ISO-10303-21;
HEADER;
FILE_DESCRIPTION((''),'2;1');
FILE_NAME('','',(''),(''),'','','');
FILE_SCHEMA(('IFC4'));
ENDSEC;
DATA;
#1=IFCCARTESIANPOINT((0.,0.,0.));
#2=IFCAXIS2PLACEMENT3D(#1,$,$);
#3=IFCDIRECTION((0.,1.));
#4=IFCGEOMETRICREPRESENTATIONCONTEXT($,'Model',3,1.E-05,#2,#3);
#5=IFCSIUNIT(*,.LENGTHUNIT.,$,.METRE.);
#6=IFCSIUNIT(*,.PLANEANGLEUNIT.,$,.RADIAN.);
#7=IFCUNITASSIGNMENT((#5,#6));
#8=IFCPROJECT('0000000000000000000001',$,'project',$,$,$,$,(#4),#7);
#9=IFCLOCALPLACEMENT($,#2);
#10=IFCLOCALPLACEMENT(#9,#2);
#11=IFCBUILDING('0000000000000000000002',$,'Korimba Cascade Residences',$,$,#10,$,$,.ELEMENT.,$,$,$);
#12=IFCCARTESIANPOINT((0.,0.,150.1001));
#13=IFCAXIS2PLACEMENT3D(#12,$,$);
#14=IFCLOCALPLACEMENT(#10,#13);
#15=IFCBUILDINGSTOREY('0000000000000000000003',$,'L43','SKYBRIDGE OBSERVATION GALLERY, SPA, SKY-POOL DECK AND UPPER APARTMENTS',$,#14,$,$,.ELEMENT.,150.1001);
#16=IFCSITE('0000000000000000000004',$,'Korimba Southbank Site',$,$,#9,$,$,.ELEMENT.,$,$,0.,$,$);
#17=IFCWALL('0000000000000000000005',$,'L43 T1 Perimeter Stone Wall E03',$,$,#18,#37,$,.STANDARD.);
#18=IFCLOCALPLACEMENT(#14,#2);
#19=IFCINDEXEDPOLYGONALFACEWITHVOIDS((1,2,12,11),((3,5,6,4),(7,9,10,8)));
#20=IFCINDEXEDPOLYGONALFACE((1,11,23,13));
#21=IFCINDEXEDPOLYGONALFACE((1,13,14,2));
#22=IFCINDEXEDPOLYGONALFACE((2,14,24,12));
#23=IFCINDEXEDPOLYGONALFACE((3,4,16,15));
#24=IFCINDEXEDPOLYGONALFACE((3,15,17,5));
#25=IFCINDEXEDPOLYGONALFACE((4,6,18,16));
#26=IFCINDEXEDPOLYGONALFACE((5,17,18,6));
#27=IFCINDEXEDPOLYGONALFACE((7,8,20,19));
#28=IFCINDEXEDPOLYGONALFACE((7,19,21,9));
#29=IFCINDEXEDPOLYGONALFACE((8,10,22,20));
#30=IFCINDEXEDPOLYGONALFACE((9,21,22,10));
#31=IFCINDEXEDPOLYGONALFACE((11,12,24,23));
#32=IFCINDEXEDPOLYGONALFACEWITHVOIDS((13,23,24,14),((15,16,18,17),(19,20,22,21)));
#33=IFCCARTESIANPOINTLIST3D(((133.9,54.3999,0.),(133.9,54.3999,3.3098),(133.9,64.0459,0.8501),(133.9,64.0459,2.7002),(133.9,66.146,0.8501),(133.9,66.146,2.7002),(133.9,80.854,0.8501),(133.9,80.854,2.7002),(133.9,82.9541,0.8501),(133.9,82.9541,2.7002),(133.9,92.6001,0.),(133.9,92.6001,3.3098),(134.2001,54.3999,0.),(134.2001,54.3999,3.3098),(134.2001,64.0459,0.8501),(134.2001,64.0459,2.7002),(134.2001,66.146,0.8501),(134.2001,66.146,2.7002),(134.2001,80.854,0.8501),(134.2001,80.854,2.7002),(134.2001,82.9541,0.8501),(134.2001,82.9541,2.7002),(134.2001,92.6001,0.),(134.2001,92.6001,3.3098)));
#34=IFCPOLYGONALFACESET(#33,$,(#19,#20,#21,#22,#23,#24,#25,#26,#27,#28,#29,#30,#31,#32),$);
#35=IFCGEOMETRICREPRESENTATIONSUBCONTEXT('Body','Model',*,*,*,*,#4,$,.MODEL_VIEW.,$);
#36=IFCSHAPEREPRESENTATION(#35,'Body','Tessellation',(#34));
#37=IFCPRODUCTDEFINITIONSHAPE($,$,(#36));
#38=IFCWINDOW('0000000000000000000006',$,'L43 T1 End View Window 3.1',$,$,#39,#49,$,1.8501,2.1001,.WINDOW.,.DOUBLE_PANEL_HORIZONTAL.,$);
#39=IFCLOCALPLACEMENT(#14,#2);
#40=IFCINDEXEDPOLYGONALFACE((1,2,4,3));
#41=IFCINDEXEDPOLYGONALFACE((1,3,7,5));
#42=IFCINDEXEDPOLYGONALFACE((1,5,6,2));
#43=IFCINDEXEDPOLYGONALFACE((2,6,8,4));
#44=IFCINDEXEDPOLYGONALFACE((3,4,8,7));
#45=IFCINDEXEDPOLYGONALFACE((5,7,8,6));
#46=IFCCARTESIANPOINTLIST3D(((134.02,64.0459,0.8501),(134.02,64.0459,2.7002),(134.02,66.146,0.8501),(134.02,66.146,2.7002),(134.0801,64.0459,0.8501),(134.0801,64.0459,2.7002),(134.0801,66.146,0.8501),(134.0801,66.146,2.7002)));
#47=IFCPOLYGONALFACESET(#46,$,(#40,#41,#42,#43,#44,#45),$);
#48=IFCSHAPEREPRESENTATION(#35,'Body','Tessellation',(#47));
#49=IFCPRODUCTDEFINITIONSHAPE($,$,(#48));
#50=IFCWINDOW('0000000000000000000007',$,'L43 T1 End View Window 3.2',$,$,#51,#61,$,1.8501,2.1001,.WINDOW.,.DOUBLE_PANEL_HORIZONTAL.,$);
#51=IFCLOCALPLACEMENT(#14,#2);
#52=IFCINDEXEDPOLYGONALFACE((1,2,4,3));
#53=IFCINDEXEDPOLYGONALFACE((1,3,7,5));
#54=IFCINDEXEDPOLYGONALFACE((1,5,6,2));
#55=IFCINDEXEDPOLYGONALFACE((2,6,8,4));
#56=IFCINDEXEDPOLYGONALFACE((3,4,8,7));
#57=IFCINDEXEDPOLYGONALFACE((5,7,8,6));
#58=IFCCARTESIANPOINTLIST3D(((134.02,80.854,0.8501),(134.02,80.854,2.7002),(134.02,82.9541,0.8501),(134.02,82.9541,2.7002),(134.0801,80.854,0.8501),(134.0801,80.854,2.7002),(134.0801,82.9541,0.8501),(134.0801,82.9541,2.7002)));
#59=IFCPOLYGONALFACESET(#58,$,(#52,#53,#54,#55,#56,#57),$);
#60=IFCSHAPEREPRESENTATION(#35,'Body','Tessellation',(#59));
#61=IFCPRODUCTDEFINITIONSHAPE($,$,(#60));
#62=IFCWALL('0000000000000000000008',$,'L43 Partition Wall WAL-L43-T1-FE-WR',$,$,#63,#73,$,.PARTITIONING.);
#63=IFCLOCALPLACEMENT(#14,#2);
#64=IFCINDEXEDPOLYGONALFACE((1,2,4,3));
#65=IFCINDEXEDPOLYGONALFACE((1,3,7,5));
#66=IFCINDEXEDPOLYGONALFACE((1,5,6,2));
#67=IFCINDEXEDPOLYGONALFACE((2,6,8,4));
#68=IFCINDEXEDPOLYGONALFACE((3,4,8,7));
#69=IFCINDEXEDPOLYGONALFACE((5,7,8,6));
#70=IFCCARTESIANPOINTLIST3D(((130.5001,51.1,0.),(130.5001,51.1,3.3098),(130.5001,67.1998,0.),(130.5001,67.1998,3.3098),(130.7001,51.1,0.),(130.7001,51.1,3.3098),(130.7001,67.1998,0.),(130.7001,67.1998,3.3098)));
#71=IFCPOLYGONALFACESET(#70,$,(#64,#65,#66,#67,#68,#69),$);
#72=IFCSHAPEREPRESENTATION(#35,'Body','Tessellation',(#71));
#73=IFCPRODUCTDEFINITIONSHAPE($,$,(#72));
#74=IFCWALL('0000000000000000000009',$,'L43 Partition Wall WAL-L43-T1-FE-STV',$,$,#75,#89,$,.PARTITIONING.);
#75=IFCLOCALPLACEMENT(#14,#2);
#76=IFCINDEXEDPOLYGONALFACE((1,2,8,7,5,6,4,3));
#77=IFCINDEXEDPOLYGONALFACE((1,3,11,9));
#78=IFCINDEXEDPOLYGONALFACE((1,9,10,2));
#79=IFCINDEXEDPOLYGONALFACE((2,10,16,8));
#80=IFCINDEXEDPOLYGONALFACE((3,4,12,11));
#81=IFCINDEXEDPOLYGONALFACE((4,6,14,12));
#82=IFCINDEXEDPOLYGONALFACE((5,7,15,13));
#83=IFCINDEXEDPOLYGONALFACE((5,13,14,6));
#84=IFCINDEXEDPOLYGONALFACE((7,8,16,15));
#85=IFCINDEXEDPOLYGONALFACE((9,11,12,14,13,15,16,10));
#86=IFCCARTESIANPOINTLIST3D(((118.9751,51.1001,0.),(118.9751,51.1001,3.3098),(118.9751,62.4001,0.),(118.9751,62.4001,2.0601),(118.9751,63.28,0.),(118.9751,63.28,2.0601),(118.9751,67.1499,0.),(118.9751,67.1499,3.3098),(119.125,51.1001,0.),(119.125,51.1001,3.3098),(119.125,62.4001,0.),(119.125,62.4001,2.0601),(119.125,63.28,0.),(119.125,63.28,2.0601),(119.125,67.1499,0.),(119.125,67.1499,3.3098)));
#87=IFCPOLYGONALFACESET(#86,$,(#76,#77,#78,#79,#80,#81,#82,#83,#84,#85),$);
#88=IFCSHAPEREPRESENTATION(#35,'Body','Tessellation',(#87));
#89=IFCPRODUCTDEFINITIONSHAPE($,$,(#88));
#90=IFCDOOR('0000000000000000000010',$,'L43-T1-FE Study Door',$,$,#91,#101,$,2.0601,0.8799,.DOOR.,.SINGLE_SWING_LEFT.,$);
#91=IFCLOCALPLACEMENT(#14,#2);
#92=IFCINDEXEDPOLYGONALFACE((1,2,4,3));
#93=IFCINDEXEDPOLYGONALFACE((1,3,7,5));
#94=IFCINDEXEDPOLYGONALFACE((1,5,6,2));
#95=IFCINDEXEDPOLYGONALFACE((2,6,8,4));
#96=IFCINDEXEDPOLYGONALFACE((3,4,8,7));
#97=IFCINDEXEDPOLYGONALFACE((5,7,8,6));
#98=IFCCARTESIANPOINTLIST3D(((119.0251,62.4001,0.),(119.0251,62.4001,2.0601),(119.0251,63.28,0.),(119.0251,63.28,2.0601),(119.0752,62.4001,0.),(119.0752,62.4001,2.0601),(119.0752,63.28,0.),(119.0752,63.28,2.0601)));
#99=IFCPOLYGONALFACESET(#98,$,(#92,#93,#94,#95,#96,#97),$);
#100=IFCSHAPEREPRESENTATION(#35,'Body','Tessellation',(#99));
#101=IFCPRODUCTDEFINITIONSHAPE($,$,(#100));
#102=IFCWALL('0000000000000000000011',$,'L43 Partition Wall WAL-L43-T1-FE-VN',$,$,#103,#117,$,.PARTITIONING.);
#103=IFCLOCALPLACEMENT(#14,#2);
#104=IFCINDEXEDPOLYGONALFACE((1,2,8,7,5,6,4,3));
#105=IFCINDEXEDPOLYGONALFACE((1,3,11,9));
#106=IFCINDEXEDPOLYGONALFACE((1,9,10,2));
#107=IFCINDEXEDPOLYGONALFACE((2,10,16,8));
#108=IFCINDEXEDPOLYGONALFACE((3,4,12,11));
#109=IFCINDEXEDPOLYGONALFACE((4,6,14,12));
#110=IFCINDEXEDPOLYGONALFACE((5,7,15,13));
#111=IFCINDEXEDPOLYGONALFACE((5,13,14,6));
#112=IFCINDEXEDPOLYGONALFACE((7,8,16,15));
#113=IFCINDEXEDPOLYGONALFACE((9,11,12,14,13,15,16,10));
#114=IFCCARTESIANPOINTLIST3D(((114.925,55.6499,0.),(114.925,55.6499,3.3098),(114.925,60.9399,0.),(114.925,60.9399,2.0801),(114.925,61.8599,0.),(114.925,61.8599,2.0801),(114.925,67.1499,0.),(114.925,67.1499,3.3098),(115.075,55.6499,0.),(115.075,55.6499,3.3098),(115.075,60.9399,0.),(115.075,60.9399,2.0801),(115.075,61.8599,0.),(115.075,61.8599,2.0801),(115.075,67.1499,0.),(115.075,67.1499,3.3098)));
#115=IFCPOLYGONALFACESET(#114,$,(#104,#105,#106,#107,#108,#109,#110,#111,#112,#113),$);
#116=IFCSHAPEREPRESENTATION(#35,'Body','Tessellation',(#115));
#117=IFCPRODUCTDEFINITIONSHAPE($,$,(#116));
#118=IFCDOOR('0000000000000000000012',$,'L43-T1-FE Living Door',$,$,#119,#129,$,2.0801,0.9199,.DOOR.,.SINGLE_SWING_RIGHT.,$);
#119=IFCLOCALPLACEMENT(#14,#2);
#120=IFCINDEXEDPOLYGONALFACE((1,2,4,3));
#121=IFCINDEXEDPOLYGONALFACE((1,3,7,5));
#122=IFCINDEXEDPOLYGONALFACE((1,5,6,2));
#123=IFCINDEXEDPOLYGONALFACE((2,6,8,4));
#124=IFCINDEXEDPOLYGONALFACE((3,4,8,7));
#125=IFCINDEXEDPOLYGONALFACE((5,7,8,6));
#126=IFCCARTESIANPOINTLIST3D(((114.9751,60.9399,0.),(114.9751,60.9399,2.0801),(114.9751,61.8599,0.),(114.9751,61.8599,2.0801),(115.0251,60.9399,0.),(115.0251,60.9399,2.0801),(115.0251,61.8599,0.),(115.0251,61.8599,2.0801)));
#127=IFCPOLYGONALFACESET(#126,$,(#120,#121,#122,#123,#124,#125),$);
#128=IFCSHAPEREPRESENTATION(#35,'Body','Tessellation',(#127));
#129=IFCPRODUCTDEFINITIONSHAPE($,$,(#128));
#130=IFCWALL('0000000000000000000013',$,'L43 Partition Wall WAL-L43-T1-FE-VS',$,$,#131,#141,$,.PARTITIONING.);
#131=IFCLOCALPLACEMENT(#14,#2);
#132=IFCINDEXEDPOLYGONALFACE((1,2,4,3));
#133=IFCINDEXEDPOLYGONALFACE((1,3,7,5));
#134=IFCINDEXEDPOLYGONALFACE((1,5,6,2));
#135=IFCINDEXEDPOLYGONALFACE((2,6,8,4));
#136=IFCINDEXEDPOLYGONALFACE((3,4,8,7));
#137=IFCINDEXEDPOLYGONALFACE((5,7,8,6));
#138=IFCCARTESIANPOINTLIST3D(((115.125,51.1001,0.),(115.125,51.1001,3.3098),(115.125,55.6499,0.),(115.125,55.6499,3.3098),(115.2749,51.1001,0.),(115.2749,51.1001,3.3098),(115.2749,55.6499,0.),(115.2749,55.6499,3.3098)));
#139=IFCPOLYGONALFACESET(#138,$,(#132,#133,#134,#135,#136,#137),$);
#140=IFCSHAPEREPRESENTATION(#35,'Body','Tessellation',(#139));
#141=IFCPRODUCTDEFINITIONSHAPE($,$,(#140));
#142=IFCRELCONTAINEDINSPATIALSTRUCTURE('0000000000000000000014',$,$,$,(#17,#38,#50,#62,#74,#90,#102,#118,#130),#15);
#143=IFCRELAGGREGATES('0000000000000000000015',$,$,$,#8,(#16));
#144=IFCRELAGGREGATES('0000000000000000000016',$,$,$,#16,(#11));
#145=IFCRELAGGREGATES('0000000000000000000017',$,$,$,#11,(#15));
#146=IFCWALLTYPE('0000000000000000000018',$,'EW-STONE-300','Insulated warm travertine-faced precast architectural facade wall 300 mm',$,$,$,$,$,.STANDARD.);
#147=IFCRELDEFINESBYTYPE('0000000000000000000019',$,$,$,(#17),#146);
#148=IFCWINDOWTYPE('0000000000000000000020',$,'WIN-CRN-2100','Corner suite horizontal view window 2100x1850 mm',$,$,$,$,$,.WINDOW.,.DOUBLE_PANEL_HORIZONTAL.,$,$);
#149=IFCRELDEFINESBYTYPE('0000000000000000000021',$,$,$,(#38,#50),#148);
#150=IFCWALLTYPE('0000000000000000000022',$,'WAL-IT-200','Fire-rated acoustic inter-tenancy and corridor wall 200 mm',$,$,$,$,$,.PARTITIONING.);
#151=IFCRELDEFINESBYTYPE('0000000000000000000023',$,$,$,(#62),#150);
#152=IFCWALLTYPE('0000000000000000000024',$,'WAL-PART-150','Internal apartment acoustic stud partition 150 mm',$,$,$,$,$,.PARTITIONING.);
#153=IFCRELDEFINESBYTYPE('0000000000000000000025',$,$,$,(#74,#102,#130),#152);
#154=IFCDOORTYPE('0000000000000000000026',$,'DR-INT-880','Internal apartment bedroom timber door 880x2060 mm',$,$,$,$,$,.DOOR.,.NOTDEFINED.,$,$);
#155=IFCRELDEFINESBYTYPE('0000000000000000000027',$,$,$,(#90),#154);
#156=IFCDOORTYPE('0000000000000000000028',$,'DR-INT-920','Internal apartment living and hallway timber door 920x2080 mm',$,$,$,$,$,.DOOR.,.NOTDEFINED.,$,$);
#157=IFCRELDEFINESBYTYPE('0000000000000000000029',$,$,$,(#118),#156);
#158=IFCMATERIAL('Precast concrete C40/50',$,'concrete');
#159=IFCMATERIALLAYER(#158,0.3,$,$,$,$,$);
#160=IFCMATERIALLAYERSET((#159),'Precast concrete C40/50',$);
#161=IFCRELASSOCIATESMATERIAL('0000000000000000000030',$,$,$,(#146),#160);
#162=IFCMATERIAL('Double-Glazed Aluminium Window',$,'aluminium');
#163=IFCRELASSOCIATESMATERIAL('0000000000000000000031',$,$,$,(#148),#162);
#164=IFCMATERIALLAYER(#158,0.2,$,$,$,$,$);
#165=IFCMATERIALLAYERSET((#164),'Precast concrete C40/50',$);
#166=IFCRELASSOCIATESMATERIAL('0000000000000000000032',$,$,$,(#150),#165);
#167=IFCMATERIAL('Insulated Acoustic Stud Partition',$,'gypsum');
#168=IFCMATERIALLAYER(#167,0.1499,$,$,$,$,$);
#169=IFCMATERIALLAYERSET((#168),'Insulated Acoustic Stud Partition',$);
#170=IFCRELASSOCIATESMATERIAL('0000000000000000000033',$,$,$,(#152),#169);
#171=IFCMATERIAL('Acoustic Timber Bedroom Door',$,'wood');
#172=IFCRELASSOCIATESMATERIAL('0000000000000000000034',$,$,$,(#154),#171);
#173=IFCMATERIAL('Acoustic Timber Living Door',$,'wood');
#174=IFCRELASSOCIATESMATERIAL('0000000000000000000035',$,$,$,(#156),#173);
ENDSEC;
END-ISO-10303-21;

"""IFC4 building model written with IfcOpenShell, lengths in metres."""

from ifc_helpers import new_model, si_unit, direction, frame, frame_2d, origin, place, context, subcontext, project, spatial, rectangle, extrude, material, layer, layer_set, type_object, element, fill, save


model = new_model("IFC4")

# Units and contexts
model_context = context("Model", 3, precision=1e-05, world=origin(), true_north=direction((0.0, 1.0)))
body_context = subcontext(model_context, "Body", "Model", "MODEL_VIEW")
ifc_project = project(units=[si_unit("LENGTHUNIT", "METRE"), si_unit("PLANEANGLEUNIT", "RADIAN")], contexts=[model_context])

# Site, building, storey
site_placement = place(None, origin())
site = spatial("IfcSite", under=ifc_project, at=site_placement, Name="Korimba Southbank Site", CompositionType="ELEMENT", RefElevation=0.0)
building_placement = place(site_placement, origin())
building = spatial("IfcBuilding", under=site, at=building_placement, Name="Korimba Cascade Residences", CompositionType="ELEMENT")
storey_placement = place(building_placement, frame((0.0, 0.0, 150.1001)))
storey = spatial("IfcBuildingStorey", under=building, at=storey_placement, Name="L43", Description="SKYBRIDGE OBSERVATION GALLERY, SPA, SKY-POOL DECK AND UPPER APARTMENTS", CompositionType="ELEMENT", Elevation=150.1001)

# Shared definitions
ifc_material_1 = material(Name="Precast concrete C40/50", Category="concrete")
ifc_layer_1 = layer(ifc_material_1, 0.3)
ifc_layer_set_1 = layer_set([ifc_layer_1], Name="Precast concrete C40/50")
wall_type_1 = type_object("IfcWallType", Name="EW-STONE-300", Description="Insulated warm travertine-faced precast architectural facade wall 300 mm", PredefinedType="STANDARD", material=ifc_layer_set_1)

# Wall, openings, windows
wall_1_placement = place(storey_placement, frame((134.05, 54.3999, 0.0), z_axis=(0.0, 0.0, 1.0), x_axis=(0.0, 1.0, 0.0)))
wall_1 = element("IfcWall", 1, at=wall_1_placement, inside=storey, type_object=wall_type_1, Name="L43 T1 Perimeter Stone Wall E03", PredefinedType="STANDARD", context=body_context, shape_type="SweptSolid", body=[
    extrude(rectangle(XDim=38.2002, YDim=0.3, at=frame_2d((19.1001, 0.0))), origin(), (0.0, 0.0, 1.0), 3.3098),
])
opening_1_placement = place(wall_1_placement, frame((9.646, 0.0, 0.8501)))
opening_1 = element("IfcOpeningElement", 2, at=opening_1_placement, cuts=wall_1, PredefinedType="OPENING", context=body_context, shape_type="SweptSolid", body=[
    extrude(rectangle(XDim=2.1001, YDim=1.8501, at=frame_2d((1.05, 0.925))), frame((0.0, 0.1602, 0.0), z_axis=(0.0, -1.0, 0.0), x_axis=(1.0, 0.0, 0.0)), (0.0, 0.0, 1.0), 0.3201),
])
opening_2_placement = place(wall_1_placement, frame((26.4541, 0.0, 0.8501)))
opening_2 = element("IfcOpeningElement", 3, at=opening_2_placement, cuts=wall_1, PredefinedType="OPENING", context=body_context, shape_type="SweptSolid", body=[
    extrude(rectangle(XDim=2.1001, YDim=1.8501, at=frame_2d((1.05, 0.925))), frame((0.0, 0.1602, 0.0), z_axis=(0.0, -1.0, 0.0), x_axis=(1.0, 0.0, 0.0)), (0.0, 0.0, 1.0), 0.3201),
])
ifc_material_2 = material(Name="Double-Glazed Aluminium Window", Category="aluminium")
window_type = type_object("IfcWindowType", Name="WIN-CRN-2100", Description="Corner suite horizontal view window 2100x1850 mm", PartitioningType="DOUBLE_PANEL_HORIZONTAL", PredefinedType="WINDOW", material=ifc_material_2)
window_1_placement = place(opening_1_placement, origin())
window_1 = element("IfcWindow", 4, at=window_1_placement, inside=storey, type_object=window_type, Name="L43 T1 End View Window 3.1", OverallHeight=1.8501, OverallWidth=2.1001, PartitioningType="DOUBLE_PANEL_HORIZONTAL", PredefinedType="WINDOW", context=body_context, shape_type="SweptSolid", body=[
    extrude(rectangle(XDim=2.1001, YDim=1.8501, at=frame_2d((1.05, 0.925))), frame((0.0, 0.03, 0.0), z_axis=(0.0, -1.0, 0.0), x_axis=(1.0, 0.0, 0.0)), (0.0, 0.0, 1.0), 0.0601),
])
fill(opening_1, window_1)
window_2_placement = place(opening_2_placement, origin())
window_2 = element("IfcWindow", 5, at=window_2_placement, inside=storey, type_object=window_type, Name="L43 T1 End View Window 3.2", OverallHeight=1.8501, OverallWidth=2.1001, PartitioningType="DOUBLE_PANEL_HORIZONTAL", PredefinedType="WINDOW", context=body_context, shape_type="SweptSolid", body=[
    extrude(rectangle(XDim=2.1001, YDim=1.8501, at=frame_2d((1.05, 0.925))), frame((0.0, 0.03, 0.0), z_axis=(0.0, -1.0, 0.0), x_axis=(1.0, 0.0, 0.0)), (0.0, 0.0, 1.0), 0.0601),
])
fill(opening_2, window_2)

# Wall
ifc_layer_2 = layer(ifc_material_1, 0.2)
ifc_layer_set_2 = layer_set([ifc_layer_2], Name="Precast concrete C40/50")
wall_type_2 = type_object("IfcWallType", Name="WAL-IT-200", Description="Fire-rated acoustic inter-tenancy and corridor wall 200 mm", PredefinedType="PARTITIONING", material=ifc_layer_set_2)
wall_2_placement = place(storey_placement, frame((130.6001, 51.1001, 0.0), z_axis=(0.0, 0.0, 1.0), x_axis=(0.0, 1.0, 0.0)))
element("IfcWall", 6, at=wall_2_placement, inside=storey, type_object=wall_type_2, Name="L43 Partition Wall WAL-L43-T1-FE-WR", PredefinedType="PARTITIONING", context=body_context, shape_type="SweptSolid", body=[
    extrude(rectangle(XDim=16.0999, YDim=0.2, at=frame_2d((8.0498, 0.0))), origin(), (0.0, 0.0, 1.0), 3.3098),
])

# Walls, openings, doors
ifc_material_3 = material(Name="Insulated Acoustic Stud Partition", Category="gypsum")
ifc_layer_3 = layer(ifc_material_3, 0.1499)
ifc_layer_set_3 = layer_set([ifc_layer_3], Name="Insulated Acoustic Stud Partition")
wall_type_3 = type_object("IfcWallType", Name="WAL-PART-150", Description="Internal apartment acoustic stud partition 150 mm", PredefinedType="PARTITIONING", material=ifc_layer_set_3)
wall_3_placement = place(storey_placement, frame((119.05, 51.1001, 0.0), z_axis=(0.0, 0.0, 1.0), x_axis=(0.0, 1.0, 0.0)))
wall_3 = element("IfcWall", 7, at=wall_3_placement, inside=storey, type_object=wall_type_3, Name="L43 Partition Wall WAL-L43-T1-FE-STV", PredefinedType="PARTITIONING", context=body_context, shape_type="SweptSolid", body=[
    extrude(rectangle(XDim=16.0498, YDim=0.1499, at=frame_2d((8.0249, 0.0))), origin(), (0.0, 0.0, 1.0), 3.3098),
])
opening_3_placement = place(wall_3_placement, frame((11.3, 0.0, 0.0)))
opening_3 = element("IfcOpeningElement", 8, at=opening_3_placement, cuts=wall_3, PredefinedType="OPENING", context=body_context, shape_type="SweptSolid", body=[
    extrude(rectangle(XDim=0.8799, YDim=2.0601, at=frame_2d((0.4399, 1.03))), frame((0.0, 0.085, 0.0), z_axis=(0.0, -1.0, 0.0), x_axis=(1.0, 0.0, 0.0)), (0.0, 0.0, 1.0), 0.1699),
])
ifc_material_4 = material(Name="Acoustic Timber Bedroom Door", Category="wood")
door_type_1 = type_object("IfcDoorType", Name="DR-INT-880", Description="Internal apartment bedroom timber door 880x2060 mm", OperationType="NOTDEFINED", PredefinedType="DOOR", material=ifc_material_4)
door_1_placement = place(opening_3_placement, origin())
door_1 = element("IfcDoor", 9, at=door_1_placement, inside=storey, type_object=door_type_1, Name="L43-T1-FE Study Door", OperationType="SINGLE_SWING_LEFT", OverallHeight=2.0601, OverallWidth=0.8799, PredefinedType="DOOR", context=body_context, shape_type="SweptSolid", body=[
    extrude(rectangle(XDim=0.8799, YDim=2.0601, at=frame_2d((0.4399, 1.03))), frame((0.0, 0.0249, 0.0), z_axis=(0.0, -1.0, 0.0), x_axis=(1.0, 0.0, 0.0)), (0.0, 0.0, 1.0), 0.05),
])
fill(opening_3, door_1)
wall_4_placement = place(storey_placement, frame((115.0, 55.6499, 0.0), z_axis=(0.0, 0.0, 1.0), x_axis=(0.0, 1.0, 0.0)))
wall_4 = element("IfcWall", 10, at=wall_4_placement, inside=storey, type_object=wall_type_3, Name="L43 Partition Wall WAL-L43-T1-FE-VN", PredefinedType="PARTITIONING", context=body_context, shape_type="SweptSolid", body=[
    extrude(rectangle(XDim=11.5, YDim=0.1499, at=frame_2d((5.75, 0.0))), origin(), (0.0, 0.0, 1.0), 3.3098),
])
opening_4_placement = place(wall_4_placement, frame((5.29, 0.0, 0.0)))
opening_4 = element("IfcOpeningElement", 11, at=opening_4_placement, cuts=wall_4, PredefinedType="OPENING", context=body_context, shape_type="SweptSolid", body=[
    extrude(rectangle(XDim=0.9199, YDim=2.0801, at=frame_2d((0.46, 1.04))), frame((0.0, 0.085, 0.0), z_axis=(0.0, -1.0, 0.0), x_axis=(1.0, 0.0, 0.0)), (0.0, 0.0, 1.0), 0.1699),
])
ifc_material_5 = material(Name="Acoustic Timber Living Door", Category="wood")
door_type_2 = type_object("IfcDoorType", Name="DR-INT-920", Description="Internal apartment living and hallway timber door 920x2080 mm", OperationType="NOTDEFINED", PredefinedType="DOOR", material=ifc_material_5)
door_2_placement = place(opening_4_placement, origin())
door_2 = element("IfcDoor", 12, at=door_2_placement, inside=storey, type_object=door_type_2, Name="L43-T1-FE Living Door", OperationType="SINGLE_SWING_RIGHT", OverallHeight=2.0801, OverallWidth=0.9199, PredefinedType="DOOR", context=body_context, shape_type="SweptSolid", body=[
    extrude(rectangle(XDim=0.9199, YDim=2.0801, at=frame_2d((0.46, 1.04))), frame((0.0, 0.0249, 0.0), z_axis=(0.0, -1.0, 0.0), x_axis=(1.0, 0.0, 0.0)), (0.0, 0.0, 1.0), 0.05),
])
fill(opening_4, door_2)

# Wall
wall_5_placement = place(storey_placement, frame((115.2, 51.1001, 0.0), z_axis=(0.0, 0.0, 1.0), x_axis=(0.0, 1.0, 0.0)))
element("IfcWall", 13, at=wall_5_placement, inside=storey, type_object=wall_type_3, Name="L43 Partition Wall WAL-L43-T1-FE-VS", PredefinedType="PARTITIONING", context=body_context, shape_type="SweptSolid", body=[
    extrude(rectangle(XDim=4.5498, YDim=0.1499, at=frame_2d((2.2749, 0.0))), origin(), (0.0, 0.0, 1.0), 3.3098),
])

save(model, "model.ifc")
